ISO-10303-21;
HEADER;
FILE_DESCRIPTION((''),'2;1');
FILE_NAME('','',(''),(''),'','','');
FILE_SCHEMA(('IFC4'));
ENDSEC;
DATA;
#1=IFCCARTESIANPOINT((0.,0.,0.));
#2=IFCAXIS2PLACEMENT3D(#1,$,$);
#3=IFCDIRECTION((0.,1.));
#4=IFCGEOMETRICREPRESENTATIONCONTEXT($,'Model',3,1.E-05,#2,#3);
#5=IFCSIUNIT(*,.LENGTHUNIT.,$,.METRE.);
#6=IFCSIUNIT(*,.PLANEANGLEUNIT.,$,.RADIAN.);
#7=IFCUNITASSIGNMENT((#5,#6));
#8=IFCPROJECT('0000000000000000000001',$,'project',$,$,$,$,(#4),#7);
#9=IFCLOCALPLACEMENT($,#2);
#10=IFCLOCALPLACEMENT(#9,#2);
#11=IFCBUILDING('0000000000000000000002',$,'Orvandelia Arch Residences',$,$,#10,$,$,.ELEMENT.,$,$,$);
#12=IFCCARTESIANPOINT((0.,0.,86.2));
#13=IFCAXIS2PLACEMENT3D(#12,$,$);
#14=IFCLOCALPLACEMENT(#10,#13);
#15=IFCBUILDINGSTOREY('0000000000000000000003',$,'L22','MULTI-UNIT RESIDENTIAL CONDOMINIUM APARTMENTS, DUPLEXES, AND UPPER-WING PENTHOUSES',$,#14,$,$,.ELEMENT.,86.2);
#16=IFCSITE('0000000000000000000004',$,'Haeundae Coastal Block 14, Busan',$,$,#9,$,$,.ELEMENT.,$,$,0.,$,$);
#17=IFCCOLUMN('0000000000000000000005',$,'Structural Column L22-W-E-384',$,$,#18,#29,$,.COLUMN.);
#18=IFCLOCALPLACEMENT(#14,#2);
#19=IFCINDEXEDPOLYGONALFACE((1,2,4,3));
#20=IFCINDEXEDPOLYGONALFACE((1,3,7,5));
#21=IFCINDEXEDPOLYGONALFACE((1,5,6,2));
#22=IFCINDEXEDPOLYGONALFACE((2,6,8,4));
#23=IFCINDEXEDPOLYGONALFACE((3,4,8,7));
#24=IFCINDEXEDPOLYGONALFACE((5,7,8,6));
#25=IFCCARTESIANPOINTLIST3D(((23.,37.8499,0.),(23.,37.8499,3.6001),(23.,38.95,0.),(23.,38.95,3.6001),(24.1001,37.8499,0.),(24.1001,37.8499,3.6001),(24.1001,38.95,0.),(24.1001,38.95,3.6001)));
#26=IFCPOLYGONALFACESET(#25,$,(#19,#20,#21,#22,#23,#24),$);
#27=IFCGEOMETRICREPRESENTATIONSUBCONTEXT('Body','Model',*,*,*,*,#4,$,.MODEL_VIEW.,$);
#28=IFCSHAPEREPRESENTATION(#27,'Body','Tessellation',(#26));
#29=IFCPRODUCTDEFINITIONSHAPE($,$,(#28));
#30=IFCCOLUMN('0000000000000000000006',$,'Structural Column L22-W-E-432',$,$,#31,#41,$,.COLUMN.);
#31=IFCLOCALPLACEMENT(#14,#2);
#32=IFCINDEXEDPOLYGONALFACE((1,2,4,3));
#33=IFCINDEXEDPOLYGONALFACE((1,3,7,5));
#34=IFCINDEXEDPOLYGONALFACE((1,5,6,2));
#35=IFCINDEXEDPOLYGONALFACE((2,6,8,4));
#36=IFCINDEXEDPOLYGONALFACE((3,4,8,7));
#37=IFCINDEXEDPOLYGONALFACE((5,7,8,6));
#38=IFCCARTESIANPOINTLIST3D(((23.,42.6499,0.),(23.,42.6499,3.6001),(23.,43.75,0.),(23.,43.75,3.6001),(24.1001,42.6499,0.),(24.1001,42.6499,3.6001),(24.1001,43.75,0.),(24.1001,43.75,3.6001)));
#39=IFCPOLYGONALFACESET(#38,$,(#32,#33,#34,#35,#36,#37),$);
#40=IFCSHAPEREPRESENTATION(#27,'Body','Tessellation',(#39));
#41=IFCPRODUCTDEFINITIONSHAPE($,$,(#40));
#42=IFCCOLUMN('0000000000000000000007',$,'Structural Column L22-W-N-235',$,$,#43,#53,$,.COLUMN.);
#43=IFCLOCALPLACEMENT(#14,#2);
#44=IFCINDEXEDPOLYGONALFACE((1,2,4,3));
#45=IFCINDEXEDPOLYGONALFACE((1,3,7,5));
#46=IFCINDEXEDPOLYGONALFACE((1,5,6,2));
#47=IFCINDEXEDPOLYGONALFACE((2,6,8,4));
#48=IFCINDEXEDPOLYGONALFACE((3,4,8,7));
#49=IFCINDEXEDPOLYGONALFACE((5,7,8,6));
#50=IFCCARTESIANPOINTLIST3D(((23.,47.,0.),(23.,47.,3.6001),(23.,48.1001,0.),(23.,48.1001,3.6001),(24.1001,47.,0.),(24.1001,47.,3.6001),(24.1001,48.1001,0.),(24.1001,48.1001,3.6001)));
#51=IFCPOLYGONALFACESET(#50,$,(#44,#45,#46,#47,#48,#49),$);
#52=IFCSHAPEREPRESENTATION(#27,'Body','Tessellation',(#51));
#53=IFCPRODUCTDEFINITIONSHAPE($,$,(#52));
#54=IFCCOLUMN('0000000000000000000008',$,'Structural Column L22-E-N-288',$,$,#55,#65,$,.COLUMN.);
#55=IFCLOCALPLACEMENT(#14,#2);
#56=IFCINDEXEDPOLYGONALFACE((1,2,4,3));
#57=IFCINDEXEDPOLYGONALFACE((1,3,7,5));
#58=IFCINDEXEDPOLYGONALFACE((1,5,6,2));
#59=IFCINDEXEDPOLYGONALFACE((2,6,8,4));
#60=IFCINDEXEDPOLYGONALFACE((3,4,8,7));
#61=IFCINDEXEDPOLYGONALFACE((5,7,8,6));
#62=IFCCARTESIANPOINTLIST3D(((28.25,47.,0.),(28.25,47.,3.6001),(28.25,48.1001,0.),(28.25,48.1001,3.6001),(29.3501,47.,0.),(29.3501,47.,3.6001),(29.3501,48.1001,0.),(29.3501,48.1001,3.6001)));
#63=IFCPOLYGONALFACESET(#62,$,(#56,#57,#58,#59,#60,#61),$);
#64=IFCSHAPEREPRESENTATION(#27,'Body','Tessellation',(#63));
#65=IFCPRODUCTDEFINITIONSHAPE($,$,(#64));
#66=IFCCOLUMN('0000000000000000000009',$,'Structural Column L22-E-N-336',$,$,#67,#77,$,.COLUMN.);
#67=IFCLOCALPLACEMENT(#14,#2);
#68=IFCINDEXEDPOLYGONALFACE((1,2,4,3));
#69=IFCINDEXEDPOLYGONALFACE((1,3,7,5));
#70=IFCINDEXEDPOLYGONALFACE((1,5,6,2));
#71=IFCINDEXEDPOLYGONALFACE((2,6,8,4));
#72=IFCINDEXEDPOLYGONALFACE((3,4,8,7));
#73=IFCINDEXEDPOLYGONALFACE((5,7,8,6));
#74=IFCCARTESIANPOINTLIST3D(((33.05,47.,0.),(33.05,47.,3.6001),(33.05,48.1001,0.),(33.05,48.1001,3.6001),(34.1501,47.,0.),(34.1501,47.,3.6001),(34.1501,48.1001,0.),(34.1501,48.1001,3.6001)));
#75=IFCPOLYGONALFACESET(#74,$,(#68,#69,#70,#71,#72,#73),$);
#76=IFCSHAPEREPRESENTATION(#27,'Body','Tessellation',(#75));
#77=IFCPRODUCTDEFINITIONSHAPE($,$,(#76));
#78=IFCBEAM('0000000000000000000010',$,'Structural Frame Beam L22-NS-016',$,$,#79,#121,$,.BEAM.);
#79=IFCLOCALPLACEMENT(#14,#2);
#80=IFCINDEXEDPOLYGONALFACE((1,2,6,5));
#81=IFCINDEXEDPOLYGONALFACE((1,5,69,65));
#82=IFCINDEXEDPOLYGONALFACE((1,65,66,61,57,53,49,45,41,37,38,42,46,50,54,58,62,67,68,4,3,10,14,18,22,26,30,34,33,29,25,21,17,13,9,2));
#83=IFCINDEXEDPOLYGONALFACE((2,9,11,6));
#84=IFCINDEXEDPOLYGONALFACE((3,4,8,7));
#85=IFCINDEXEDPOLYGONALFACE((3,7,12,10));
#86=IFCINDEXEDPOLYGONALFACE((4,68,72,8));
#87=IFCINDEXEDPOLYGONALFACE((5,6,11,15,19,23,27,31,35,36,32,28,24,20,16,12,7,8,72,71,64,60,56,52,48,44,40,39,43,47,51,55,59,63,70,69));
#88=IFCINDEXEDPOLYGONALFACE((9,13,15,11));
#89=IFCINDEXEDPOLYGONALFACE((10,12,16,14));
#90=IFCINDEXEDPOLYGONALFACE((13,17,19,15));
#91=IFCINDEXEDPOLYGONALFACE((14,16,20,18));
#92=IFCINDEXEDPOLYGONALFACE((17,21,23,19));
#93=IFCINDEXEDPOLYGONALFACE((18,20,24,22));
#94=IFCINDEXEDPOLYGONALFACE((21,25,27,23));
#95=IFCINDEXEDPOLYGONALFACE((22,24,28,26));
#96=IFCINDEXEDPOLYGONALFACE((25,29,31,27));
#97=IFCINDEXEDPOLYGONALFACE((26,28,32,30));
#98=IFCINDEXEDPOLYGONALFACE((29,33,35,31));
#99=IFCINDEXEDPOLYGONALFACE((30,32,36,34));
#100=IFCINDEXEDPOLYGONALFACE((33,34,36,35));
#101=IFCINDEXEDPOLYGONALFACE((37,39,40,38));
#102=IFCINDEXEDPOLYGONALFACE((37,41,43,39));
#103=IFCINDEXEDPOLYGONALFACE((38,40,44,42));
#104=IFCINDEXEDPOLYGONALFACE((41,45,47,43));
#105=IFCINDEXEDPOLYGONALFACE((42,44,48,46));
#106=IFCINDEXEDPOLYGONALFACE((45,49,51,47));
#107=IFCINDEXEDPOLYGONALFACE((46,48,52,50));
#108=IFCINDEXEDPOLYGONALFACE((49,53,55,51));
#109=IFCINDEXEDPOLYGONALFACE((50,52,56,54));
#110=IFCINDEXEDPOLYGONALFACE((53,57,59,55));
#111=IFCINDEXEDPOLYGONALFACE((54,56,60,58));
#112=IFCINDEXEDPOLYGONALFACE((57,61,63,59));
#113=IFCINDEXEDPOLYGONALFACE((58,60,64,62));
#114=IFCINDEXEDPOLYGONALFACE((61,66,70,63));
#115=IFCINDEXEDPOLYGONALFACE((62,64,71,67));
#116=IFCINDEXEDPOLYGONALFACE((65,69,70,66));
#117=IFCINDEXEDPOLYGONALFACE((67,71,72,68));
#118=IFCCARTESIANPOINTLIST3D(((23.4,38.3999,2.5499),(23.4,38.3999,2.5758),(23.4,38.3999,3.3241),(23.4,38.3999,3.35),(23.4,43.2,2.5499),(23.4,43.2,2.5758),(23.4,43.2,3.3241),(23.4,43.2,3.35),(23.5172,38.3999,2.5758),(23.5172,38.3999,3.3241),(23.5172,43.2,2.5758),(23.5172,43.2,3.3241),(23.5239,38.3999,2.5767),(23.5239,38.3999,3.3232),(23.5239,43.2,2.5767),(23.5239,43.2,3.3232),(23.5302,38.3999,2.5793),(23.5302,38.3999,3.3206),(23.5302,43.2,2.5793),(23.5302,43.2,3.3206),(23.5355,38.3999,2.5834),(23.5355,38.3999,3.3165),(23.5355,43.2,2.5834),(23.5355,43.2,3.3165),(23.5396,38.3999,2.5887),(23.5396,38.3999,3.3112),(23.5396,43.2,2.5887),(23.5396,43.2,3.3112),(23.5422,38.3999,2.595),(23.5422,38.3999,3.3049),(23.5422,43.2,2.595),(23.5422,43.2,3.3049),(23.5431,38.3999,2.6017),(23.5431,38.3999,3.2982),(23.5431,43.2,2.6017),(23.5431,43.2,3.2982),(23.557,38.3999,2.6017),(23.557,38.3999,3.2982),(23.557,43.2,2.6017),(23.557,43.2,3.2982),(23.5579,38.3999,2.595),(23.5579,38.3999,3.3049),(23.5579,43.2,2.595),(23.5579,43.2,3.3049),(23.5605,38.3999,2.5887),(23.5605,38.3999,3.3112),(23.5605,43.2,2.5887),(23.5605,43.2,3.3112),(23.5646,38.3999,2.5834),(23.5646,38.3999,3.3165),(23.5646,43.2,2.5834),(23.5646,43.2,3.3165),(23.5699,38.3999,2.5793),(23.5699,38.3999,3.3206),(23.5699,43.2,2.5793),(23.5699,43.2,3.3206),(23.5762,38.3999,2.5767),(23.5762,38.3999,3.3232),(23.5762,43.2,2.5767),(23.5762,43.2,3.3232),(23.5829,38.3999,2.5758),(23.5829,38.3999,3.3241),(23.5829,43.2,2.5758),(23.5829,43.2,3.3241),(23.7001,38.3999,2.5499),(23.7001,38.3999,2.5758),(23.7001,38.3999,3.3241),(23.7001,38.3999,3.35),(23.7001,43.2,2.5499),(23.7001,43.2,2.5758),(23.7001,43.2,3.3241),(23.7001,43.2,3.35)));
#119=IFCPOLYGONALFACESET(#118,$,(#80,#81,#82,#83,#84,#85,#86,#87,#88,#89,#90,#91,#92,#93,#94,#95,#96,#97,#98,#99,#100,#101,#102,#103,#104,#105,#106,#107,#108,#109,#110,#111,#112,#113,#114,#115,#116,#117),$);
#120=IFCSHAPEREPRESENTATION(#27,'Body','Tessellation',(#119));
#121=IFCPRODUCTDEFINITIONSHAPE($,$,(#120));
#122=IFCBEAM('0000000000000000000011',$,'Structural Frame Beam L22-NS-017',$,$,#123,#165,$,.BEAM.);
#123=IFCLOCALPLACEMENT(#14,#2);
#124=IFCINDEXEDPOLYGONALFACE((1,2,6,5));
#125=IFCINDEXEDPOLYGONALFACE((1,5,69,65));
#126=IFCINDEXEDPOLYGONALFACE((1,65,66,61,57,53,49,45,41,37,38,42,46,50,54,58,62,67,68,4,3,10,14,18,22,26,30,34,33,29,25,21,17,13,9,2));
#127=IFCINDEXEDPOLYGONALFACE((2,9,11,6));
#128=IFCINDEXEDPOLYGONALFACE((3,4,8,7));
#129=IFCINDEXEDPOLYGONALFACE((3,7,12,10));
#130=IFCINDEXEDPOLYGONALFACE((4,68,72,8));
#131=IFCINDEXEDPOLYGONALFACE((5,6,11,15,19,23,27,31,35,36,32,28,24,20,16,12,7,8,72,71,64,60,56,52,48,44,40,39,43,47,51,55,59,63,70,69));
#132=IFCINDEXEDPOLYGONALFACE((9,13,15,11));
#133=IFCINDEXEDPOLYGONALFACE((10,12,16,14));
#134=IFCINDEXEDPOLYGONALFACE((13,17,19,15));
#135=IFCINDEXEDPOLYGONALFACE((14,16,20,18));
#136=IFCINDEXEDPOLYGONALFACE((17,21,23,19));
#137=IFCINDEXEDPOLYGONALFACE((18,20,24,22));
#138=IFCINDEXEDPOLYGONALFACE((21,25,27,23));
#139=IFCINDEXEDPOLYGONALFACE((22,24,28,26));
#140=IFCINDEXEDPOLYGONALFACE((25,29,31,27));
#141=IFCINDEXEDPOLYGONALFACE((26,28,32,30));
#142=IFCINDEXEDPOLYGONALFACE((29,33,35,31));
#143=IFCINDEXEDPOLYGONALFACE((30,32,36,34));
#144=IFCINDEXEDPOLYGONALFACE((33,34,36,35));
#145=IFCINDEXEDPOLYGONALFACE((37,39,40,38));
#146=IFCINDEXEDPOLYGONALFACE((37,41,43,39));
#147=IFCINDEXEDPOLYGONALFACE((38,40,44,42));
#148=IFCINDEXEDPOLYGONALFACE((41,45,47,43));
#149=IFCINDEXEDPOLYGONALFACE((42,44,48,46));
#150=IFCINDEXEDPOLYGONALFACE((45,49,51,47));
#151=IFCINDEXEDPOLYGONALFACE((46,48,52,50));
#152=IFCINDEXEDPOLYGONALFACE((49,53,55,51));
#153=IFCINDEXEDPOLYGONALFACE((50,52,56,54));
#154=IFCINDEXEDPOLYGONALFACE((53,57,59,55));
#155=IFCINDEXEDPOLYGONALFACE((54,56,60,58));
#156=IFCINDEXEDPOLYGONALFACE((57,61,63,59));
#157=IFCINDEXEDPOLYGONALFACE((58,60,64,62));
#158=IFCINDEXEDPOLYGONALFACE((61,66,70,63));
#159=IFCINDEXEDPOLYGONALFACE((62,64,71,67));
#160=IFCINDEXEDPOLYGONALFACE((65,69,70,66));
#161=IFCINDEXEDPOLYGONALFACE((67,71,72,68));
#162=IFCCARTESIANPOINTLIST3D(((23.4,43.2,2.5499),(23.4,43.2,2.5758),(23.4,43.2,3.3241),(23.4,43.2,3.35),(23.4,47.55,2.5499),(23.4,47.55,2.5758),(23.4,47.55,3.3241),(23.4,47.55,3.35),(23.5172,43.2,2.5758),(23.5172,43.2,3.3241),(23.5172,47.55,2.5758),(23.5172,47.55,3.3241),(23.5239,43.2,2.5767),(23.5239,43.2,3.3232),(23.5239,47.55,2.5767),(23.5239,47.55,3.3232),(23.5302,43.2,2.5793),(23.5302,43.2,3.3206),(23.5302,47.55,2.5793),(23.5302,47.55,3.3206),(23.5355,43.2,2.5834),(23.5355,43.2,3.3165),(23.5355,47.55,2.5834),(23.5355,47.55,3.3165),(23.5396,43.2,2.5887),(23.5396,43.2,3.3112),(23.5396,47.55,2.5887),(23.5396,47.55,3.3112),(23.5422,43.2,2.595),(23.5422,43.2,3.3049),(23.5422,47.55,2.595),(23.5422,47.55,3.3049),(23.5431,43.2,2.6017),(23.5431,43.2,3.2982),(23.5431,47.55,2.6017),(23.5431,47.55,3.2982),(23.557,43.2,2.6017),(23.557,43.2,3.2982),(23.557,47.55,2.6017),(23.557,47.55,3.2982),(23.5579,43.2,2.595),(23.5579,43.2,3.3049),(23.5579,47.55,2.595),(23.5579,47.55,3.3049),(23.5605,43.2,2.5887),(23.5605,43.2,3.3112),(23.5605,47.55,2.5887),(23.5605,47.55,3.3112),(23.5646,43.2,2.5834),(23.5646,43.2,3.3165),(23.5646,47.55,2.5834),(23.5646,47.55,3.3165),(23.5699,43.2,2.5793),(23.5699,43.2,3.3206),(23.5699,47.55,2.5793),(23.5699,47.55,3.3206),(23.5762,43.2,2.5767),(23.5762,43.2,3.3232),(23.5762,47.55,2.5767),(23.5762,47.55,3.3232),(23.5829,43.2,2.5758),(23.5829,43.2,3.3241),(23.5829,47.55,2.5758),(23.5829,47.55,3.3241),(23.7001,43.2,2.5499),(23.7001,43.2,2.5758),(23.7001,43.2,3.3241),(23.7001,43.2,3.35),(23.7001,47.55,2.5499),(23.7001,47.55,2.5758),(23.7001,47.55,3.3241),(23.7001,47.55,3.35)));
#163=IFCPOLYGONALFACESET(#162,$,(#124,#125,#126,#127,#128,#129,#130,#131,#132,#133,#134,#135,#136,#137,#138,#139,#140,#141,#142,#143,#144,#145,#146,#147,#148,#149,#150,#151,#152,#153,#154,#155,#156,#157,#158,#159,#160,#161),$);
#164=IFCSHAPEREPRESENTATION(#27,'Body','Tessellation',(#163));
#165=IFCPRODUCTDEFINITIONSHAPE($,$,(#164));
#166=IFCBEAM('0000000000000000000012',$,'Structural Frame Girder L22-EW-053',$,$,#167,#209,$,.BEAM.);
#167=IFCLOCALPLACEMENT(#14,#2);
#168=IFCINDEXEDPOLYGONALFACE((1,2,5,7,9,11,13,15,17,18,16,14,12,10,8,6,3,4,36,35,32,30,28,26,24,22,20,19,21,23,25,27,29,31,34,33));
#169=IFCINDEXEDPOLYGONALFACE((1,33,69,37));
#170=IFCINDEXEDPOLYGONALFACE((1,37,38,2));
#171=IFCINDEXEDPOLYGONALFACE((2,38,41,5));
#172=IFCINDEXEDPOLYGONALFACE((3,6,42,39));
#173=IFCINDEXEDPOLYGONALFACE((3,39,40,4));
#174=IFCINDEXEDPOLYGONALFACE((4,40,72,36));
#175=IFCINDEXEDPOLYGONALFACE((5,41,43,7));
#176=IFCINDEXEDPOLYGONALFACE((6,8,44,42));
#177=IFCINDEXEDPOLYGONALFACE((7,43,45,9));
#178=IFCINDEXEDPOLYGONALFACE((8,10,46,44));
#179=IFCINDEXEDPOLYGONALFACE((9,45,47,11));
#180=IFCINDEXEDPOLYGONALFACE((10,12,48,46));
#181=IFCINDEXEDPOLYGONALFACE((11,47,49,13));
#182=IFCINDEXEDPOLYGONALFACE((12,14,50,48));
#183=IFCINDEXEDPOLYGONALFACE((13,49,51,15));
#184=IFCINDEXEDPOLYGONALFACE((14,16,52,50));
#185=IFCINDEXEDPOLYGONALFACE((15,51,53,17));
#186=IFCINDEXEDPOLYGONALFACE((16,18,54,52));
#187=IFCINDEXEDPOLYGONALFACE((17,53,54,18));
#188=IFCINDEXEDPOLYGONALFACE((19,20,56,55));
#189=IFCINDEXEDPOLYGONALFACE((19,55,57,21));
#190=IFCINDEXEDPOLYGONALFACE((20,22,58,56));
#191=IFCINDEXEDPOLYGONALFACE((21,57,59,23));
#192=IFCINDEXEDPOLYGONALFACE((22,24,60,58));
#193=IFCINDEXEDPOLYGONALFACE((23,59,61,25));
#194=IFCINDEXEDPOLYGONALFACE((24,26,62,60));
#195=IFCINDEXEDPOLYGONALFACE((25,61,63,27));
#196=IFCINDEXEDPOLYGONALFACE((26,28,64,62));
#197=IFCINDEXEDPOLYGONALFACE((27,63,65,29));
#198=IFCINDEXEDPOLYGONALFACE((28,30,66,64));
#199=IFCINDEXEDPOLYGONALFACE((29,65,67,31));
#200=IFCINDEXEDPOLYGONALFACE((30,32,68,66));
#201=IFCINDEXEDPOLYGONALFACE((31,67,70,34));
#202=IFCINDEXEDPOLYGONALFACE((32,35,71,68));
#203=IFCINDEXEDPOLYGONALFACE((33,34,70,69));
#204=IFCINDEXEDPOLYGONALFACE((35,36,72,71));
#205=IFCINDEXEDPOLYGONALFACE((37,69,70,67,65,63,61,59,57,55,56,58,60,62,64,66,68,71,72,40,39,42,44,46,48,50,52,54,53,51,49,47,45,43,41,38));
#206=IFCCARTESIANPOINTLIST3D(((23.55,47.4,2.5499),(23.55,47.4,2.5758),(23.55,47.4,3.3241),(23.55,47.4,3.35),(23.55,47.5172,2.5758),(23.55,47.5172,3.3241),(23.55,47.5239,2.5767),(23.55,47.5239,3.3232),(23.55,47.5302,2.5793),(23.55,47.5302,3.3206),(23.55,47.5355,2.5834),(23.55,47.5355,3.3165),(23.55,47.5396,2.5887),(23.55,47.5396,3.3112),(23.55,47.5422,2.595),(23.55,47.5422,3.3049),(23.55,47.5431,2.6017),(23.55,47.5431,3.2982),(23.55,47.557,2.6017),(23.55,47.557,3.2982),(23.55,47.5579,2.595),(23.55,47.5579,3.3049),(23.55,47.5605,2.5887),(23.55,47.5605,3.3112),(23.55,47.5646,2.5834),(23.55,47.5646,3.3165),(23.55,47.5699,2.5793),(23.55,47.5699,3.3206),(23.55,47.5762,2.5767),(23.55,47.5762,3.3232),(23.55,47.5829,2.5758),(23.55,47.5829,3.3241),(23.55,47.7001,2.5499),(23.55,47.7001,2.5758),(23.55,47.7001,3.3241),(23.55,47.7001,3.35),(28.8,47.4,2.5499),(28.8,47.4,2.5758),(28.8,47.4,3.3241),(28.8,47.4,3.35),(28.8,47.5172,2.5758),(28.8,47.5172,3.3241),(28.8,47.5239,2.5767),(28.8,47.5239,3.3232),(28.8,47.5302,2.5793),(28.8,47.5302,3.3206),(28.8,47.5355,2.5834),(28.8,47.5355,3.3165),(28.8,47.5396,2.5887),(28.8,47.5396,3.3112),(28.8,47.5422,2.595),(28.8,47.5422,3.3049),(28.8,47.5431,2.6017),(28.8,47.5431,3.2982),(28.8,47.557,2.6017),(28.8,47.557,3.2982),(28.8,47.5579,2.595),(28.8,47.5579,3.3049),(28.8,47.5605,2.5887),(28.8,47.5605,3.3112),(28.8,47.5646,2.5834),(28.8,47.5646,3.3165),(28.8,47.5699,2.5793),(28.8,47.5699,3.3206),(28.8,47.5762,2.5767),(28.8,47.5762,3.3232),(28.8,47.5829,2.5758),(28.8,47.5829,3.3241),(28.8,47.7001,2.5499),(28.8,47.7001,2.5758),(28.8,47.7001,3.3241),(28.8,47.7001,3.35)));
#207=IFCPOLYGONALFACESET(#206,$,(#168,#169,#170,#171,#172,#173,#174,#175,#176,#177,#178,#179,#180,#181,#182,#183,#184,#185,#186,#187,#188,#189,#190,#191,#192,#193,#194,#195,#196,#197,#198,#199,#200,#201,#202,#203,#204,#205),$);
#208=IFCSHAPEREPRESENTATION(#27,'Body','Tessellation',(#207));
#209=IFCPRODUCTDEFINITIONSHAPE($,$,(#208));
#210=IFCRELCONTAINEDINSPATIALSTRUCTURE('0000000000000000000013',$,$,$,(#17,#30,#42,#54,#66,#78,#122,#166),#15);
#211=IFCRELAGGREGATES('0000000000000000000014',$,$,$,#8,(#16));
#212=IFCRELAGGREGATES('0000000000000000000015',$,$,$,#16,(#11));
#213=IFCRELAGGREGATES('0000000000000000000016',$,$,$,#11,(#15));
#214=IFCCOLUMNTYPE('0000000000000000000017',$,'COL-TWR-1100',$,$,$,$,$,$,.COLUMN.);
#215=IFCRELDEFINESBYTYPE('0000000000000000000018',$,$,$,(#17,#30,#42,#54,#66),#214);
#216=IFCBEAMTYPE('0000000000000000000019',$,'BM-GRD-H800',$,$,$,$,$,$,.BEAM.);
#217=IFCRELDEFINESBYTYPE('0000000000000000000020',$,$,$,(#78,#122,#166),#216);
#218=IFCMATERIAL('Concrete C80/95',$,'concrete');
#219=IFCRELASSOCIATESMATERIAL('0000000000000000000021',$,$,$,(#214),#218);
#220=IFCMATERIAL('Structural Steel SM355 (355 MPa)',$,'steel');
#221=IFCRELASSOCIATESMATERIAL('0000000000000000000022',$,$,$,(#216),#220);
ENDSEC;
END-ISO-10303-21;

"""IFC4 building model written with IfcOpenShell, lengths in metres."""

from ifc_helpers import new_model, si_unit, direction, frame, origin, origin_2d, place, context, subcontext, project, spatial, rectangle, i_section, extrude, material, material_profile, profile_set, type_object, element, save


model = new_model("IFC4")

# Units and contexts
model_context = context("Model", 3, precision=1e-05, world=origin(), true_north=direction((0.0, 1.0)))
body_context = subcontext(model_context, "Body", "Model", "MODEL_VIEW")
ifc_project = project(units=[si_unit("LENGTHUNIT", "METRE"), si_unit("PLANEANGLEUNIT", "RADIAN")], contexts=[model_context])

# Site, building, storey
site_placement = place(None, origin())
site = spatial("IfcSite", under=ifc_project, at=site_placement, Name="Haeundae Coastal Block 14, Busan", CompositionType="ELEMENT", RefElevation=0.0)
building_placement = place(site_placement, origin())
building = spatial("IfcBuilding", under=site, at=building_placement, Name="Orvandelia Arch Residences", CompositionType="ELEMENT")
storey_placement = place(building_placement, frame((0.0, 0.0, 86.2)))
storey = spatial("IfcBuildingStorey", under=building, at=storey_placement, Name="L22", Description="MULTI-UNIT RESIDENTIAL CONDOMINIUM APARTMENTS, DUPLEXES, AND UPPER-WING PENTHOUSES", CompositionType="ELEMENT", Elevation=86.2)

# Columns
ifc_material_1 = material(Name="Concrete C80/95", Category="concrete")
ifc_material_profile_1 = material_profile(ifc_material_1, rectangle(XDim=1.1001, YDim=1.1001, at=origin_2d()), Name="Concrete C80/95", Category="concrete")
ifc_profile_set_1 = profile_set([ifc_material_profile_1], Name="Concrete C80/95")
column_type = type_object("IfcColumnType", Name="COL-TWR-1100", PredefinedType="COLUMN", material=ifc_profile_set_1)
for number, where, z_axis, x_axis, name in (
    (1, (23.55, 38.3999, 0.0), (0.0, 0.0, 1.0), (1.0, 0.0, 0.0), "Structural Column L22-W-E-384"),
    (2, (23.55, 43.2, 0.0), (0.0, 0.0, 1.0), (1.0, 0.0, 0.0), "Structural Column L22-W-E-432"),
    (3, (23.55, 47.55, 0.0), (0.0, 0.0, 1.0), (1.0, 0.0, 0.0), "Structural Column L22-W-N-235"),
    (4, (28.8, 47.55, 0.0), (0.0, 0.0, 1.0), (1.0, 0.0, 0.0), "Structural Column L22-E-N-288"),
    (5, (33.6001, 47.55, 0.0), (0.0, 0.0, 1.0), (1.0, 0.0, 0.0), "Structural Column L22-E-N-336"),
):
    element("IfcColumn", number, at=place(storey_placement, frame(where, z_axis=z_axis, x_axis=x_axis)), inside=storey, type_object=column_type, Name=name, PredefinedType="COLUMN", context=body_context, shape_type="SweptSolid", body=[
        extrude(rectangle(XDim=1.1001, YDim=1.1001, at=origin_2d()), origin(), (0.0, 0.0, 1.0), 3.6001),
    ])

# Beams
ifc_material_2 = material(Name="Structural Steel SM355 (355 MPa)", Category="steel")
ifc_material_profile_2 = material_profile(ifc_material_2, i_section(OverallWidth=0.3, OverallDepth=0.8, WebThickness=0.0139, FlangeThickness=0.0259, FilletRadius=0.0259, at=origin_2d()), Name="Structural Steel SM355 (355 MPa)", Category="steel")
ifc_profile_set_2 = profile_set([ifc_material_profile_2], Name="Structural Steel SM355 (355 MPa)")
beam_type = type_object("IfcBeamType", Name="BM-GRD-H800", PredefinedType="BEAM", material=ifc_profile_set_2)
beam_1_placement = place(storey_placement, frame((23.55, 38.3999, 2.95), z_axis=(0.0, 1.0, 0.0), x_axis=(-1.0, 0.0, 0.0)))
element("IfcBeam", 6, at=beam_1_placement, inside=storey, type_object=beam_type, Name="Structural Frame Beam L22-NS-016", PredefinedType="BEAM", context=body_context, shape_type="SweptSolid", body=[
    extrude(i_section(OverallWidth=0.3, OverallDepth=0.8, WebThickness=0.0139, FlangeThickness=0.0259, FilletRadius=0.0259, at=origin_2d()), origin(), (0.0, 0.0, 1.0), 4.8),
])
beam_2_placement = place(storey_placement, frame((23.55, 43.2, 2.95), z_axis=(0.0, 1.0, 0.0), x_axis=(-1.0, 0.0, 0.0)))
element("IfcBeam", 7, at=beam_2_placement, inside=storey, type_object=beam_type, Name="Structural Frame Beam L22-NS-017", PredefinedType="BEAM", context=body_context, shape_type="SweptSolid", body=[
    extrude(i_section(OverallWidth=0.3, OverallDepth=0.8, WebThickness=0.0139, FlangeThickness=0.0259, FilletRadius=0.0259, at=origin_2d()), origin(), (0.0, 0.0, 1.0), 4.3501),
])
beam_3_placement = place(storey_placement, frame((23.55, 47.55, 2.95), z_axis=(1.0, 0.0, 0.0), x_axis=(0.0, 1.0, 0.0)))
element("IfcBeam", 8, at=beam_3_placement, inside=storey, type_object=beam_type, Name="Structural Frame Girder L22-EW-053", PredefinedType="BEAM", context=body_context, shape_type="SweptSolid", body=[
    extrude(i_section(OverallWidth=0.3, OverallDepth=0.8, WebThickness=0.0139, FlangeThickness=0.0259, FilletRadius=0.0259, at=origin_2d()), origin(), (0.0, 0.0, 1.0), 5.25),
])

save(model, "model.ifc")
